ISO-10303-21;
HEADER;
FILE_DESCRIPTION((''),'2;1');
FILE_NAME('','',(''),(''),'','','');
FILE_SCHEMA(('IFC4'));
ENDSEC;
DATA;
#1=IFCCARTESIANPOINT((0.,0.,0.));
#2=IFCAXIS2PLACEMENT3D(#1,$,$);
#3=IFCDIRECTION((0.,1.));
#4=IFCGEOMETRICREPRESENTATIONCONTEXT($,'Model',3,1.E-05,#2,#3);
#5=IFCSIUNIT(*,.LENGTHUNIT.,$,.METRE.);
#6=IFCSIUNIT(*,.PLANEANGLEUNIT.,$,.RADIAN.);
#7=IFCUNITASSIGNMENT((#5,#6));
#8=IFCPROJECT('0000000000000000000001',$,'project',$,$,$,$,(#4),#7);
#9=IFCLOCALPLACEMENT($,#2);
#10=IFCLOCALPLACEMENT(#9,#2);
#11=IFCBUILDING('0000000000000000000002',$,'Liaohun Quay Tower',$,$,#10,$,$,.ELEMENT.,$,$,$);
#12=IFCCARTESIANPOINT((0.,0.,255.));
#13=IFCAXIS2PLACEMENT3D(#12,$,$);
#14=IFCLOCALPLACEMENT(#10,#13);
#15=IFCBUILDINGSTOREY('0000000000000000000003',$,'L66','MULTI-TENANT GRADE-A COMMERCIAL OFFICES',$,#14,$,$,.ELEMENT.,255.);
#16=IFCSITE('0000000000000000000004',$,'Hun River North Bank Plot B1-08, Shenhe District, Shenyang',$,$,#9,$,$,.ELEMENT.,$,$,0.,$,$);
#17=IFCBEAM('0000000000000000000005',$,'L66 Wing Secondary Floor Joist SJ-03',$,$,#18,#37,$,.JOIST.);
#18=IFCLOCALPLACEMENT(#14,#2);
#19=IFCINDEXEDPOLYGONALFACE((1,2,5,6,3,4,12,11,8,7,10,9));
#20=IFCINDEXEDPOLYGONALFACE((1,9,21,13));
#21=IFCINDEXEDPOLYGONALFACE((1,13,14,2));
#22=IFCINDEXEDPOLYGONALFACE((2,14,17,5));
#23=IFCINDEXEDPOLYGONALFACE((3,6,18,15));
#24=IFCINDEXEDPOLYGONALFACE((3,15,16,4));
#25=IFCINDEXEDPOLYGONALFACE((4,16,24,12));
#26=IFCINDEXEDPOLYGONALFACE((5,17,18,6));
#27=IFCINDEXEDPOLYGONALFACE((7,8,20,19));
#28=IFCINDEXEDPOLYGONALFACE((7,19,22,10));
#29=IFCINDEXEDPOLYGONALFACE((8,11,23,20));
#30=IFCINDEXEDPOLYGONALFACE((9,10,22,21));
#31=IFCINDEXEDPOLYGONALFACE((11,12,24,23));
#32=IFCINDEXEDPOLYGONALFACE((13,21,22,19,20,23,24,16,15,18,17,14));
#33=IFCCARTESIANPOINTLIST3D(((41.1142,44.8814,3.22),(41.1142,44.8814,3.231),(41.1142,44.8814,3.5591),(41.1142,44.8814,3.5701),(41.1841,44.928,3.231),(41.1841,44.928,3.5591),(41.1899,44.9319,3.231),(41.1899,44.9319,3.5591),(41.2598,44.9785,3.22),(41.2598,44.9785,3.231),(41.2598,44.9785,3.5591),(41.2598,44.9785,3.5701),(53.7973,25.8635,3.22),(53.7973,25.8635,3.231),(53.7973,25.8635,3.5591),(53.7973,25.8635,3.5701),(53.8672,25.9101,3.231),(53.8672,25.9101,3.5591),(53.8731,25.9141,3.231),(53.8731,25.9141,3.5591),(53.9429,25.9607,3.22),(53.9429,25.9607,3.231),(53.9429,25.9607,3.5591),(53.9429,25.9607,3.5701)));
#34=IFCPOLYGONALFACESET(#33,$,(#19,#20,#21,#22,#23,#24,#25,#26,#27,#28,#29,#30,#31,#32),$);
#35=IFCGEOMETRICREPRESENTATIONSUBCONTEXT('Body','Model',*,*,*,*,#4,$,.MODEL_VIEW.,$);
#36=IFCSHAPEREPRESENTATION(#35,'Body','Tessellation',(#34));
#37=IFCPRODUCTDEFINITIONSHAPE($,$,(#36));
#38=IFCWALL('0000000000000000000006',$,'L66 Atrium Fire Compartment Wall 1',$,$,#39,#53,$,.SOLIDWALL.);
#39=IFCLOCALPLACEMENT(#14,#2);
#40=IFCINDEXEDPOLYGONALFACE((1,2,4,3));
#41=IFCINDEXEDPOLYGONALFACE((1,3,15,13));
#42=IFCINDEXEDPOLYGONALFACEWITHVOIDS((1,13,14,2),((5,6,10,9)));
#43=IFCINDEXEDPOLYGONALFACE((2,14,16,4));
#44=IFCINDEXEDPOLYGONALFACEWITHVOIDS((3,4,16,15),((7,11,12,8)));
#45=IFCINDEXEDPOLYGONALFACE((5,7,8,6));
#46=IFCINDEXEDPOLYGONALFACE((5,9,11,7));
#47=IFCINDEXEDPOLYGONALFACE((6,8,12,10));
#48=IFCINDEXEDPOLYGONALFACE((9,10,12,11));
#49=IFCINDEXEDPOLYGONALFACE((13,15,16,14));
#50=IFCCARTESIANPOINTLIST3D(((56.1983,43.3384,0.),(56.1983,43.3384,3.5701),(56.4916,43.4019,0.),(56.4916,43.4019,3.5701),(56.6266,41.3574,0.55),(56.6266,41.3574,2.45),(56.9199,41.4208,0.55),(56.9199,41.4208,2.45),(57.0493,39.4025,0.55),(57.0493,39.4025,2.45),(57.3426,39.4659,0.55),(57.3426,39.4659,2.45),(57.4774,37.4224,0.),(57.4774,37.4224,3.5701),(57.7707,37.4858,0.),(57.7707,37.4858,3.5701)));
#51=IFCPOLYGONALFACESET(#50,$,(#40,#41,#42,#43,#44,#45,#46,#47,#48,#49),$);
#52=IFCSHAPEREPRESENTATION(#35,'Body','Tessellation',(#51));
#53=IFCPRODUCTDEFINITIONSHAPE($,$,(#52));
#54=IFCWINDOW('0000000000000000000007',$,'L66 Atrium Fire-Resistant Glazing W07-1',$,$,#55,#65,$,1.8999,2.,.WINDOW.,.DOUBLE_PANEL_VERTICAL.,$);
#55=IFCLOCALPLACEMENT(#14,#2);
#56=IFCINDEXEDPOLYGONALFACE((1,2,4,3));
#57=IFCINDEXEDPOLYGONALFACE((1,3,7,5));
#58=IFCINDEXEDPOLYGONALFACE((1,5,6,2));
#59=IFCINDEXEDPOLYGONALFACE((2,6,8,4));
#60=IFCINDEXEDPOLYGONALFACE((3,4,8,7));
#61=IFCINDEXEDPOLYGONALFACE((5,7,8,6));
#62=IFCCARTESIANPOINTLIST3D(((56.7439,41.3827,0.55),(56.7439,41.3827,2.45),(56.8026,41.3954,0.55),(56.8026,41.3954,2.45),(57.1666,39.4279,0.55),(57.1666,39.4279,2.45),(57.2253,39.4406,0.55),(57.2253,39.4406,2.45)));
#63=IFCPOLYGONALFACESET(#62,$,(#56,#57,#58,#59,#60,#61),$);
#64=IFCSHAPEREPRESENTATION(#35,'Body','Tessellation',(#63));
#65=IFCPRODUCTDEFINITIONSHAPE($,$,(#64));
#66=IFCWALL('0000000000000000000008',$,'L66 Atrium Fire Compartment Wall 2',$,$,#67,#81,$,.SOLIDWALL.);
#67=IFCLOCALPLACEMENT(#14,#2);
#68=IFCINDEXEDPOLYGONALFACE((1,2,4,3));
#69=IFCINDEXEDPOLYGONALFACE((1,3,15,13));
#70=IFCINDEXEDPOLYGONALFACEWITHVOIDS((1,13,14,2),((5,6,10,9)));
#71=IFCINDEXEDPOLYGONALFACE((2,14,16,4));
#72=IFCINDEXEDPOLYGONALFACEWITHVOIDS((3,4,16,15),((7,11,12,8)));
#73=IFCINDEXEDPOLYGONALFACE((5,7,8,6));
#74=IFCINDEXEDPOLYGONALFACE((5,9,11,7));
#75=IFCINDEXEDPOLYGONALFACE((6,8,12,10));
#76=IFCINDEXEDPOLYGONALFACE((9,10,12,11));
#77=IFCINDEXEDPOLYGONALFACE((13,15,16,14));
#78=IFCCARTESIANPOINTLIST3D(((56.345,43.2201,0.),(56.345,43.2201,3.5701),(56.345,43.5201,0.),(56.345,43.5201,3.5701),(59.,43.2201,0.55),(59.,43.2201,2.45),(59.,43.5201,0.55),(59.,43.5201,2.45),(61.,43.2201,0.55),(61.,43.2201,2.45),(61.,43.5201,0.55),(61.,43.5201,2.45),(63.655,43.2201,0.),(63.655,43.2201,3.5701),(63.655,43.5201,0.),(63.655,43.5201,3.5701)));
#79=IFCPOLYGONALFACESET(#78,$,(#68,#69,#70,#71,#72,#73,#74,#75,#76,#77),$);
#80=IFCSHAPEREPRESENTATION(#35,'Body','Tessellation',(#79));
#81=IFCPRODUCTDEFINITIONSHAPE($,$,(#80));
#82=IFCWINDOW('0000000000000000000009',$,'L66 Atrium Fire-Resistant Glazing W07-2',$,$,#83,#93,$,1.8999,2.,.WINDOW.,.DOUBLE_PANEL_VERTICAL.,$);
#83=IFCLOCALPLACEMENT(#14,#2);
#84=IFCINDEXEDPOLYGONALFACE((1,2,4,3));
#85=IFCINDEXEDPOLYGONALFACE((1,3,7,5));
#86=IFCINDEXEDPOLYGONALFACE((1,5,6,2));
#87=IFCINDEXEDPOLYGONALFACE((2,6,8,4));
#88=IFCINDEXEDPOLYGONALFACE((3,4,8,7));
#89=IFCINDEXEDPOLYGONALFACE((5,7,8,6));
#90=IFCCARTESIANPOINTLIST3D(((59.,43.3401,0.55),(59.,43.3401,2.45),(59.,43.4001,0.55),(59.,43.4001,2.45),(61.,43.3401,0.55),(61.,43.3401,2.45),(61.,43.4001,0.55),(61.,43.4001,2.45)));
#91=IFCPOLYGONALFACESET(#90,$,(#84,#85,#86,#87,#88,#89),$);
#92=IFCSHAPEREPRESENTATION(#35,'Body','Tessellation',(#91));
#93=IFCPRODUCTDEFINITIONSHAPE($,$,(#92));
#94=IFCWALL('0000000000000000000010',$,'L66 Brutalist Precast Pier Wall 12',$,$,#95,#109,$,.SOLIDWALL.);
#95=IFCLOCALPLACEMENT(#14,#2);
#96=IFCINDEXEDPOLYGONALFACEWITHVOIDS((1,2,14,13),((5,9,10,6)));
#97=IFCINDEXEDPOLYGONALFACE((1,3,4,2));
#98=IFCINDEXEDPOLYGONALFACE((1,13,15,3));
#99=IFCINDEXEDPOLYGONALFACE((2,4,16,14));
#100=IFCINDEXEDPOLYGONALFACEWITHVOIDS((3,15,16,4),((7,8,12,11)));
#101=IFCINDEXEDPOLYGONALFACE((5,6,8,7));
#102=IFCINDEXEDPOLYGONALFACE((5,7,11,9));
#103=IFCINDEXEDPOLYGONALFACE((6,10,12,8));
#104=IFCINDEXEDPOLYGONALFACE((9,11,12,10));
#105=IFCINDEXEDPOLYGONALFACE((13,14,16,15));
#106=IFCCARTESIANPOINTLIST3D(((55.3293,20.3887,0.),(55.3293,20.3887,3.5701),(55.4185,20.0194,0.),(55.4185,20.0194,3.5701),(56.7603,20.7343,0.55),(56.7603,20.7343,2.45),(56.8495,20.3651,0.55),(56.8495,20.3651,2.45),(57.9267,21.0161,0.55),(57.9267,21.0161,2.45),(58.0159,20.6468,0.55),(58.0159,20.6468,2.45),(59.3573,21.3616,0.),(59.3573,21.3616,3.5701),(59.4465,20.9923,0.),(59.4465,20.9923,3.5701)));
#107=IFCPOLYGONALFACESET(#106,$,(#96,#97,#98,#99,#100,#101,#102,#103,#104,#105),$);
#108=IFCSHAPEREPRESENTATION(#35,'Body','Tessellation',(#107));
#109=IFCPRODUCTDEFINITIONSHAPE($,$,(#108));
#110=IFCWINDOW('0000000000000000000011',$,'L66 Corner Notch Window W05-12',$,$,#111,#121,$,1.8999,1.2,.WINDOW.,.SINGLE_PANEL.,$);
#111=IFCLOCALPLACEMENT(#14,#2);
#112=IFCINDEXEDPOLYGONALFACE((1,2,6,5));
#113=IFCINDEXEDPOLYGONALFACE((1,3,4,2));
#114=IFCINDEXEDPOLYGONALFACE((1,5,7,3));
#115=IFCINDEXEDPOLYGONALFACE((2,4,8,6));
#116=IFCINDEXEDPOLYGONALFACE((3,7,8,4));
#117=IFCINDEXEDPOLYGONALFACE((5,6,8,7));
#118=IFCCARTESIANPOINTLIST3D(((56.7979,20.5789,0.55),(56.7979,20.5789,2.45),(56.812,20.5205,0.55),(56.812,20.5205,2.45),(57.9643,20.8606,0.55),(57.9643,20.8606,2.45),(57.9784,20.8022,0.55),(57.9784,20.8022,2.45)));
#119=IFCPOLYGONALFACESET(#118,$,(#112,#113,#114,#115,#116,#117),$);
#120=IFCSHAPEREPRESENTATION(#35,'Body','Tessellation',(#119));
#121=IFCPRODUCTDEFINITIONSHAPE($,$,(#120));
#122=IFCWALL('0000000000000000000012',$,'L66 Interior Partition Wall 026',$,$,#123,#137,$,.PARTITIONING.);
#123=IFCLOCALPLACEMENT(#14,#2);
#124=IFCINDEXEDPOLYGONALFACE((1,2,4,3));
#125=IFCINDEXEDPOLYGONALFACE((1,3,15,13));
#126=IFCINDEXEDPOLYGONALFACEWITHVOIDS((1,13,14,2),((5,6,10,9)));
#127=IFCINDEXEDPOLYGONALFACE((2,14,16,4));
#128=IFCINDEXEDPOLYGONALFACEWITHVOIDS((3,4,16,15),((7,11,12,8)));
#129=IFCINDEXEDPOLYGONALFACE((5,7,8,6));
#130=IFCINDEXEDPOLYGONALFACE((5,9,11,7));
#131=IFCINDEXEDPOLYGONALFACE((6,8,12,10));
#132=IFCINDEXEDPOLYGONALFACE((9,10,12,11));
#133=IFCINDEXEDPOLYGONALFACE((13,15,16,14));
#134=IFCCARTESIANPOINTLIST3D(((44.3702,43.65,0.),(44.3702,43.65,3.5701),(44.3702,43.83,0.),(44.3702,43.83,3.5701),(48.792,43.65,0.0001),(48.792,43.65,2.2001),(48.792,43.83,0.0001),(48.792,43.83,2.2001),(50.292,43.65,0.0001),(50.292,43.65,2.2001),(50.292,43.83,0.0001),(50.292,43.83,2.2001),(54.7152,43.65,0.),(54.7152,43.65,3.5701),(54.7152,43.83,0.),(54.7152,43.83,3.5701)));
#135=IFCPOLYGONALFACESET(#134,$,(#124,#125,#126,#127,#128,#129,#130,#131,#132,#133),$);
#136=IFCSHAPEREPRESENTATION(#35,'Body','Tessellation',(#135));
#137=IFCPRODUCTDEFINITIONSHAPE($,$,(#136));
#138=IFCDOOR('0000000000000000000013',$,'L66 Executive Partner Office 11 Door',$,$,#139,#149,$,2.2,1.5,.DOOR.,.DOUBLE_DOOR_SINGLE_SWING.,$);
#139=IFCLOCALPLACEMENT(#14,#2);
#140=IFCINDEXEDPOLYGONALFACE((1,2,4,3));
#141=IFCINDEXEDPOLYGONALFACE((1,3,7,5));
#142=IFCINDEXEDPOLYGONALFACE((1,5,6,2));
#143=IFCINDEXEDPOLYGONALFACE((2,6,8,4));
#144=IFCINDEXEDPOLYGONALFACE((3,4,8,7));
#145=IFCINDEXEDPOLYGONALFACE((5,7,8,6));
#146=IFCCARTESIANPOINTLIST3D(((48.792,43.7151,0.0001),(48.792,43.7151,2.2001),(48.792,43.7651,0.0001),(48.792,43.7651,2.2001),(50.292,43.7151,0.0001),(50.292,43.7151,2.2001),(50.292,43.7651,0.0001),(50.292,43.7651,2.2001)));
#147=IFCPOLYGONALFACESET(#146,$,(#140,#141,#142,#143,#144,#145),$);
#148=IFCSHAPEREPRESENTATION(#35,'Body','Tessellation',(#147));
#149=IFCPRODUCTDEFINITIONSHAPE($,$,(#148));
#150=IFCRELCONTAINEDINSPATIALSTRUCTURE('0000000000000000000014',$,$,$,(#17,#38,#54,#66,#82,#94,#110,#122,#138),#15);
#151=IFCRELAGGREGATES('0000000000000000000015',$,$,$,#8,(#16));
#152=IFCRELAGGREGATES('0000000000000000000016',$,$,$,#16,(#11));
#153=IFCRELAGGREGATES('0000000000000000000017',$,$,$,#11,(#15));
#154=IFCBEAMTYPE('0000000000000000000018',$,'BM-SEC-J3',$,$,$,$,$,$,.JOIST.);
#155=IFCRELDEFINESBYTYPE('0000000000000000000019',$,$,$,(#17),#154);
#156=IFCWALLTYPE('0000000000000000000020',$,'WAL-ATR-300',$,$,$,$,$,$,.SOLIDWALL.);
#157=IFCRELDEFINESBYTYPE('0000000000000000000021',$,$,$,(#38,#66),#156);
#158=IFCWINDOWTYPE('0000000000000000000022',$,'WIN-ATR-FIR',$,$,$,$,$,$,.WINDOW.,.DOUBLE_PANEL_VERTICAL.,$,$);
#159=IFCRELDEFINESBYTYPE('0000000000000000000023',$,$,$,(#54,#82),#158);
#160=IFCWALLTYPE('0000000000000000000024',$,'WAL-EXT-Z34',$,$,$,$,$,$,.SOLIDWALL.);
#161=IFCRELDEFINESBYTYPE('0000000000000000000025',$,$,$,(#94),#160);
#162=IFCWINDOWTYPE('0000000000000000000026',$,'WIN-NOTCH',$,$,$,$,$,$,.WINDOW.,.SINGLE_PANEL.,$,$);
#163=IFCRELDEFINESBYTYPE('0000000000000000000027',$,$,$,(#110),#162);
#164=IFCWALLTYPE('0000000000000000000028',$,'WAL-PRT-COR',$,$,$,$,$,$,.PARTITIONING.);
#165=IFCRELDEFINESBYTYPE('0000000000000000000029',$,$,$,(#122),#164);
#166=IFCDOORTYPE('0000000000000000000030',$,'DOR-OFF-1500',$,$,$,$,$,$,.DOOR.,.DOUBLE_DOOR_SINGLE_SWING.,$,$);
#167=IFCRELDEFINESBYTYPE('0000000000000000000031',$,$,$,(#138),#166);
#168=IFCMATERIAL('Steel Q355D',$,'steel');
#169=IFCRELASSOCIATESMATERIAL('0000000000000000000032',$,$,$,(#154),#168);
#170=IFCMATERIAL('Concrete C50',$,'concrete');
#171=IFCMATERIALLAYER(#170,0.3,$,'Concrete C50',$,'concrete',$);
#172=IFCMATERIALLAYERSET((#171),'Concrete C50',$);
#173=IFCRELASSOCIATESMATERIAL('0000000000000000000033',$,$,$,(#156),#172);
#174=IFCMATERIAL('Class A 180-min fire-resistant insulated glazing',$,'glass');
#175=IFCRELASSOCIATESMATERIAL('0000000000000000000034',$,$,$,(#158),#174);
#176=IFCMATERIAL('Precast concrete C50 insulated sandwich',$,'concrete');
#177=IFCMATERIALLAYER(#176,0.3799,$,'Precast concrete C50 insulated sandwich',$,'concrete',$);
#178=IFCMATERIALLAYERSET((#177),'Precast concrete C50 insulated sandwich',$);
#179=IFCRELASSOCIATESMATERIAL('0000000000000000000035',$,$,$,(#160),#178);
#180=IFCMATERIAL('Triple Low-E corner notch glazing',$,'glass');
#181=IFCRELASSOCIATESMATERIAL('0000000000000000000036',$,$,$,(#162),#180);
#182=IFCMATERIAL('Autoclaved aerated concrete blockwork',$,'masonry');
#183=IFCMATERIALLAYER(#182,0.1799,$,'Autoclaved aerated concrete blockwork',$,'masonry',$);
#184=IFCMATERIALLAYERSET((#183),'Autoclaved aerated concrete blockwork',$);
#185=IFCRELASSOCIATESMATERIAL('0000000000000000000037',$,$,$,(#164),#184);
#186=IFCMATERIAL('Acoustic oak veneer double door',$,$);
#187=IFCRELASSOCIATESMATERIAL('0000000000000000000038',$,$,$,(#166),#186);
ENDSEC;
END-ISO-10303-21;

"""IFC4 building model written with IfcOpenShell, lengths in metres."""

from ifc_helpers import new_model, si_unit, direction, frame, frame_2d, origin, origin_2d, place, context, subcontext, project, spatial, rectangle, i_section, extrude, source, transform, mapped, material, layer, layer_set, material_profile, profile_set, type_object, element, fill, save


model = new_model("IFC4")

# Units and contexts
model_context = context("Model", 3, precision=1e-05, world=origin(), true_north=direction((0.0, 1.0)))
body_context = subcontext(model_context, "Body", "Model", "MODEL_VIEW")
ifc_project = project(units=[si_unit("LENGTHUNIT", "METRE"), si_unit("PLANEANGLEUNIT", "RADIAN")], contexts=[model_context])

# Site, building, storey
site_placement = place(None, origin())
site = spatial("IfcSite", under=ifc_project, at=site_placement, Name="Hun River North Bank Plot B1-08, Shenhe District, Shenyang", CompositionType="ELEMENT", RefElevation=0.0)
building_placement = place(site_placement, origin())
building = spatial("IfcBuilding", under=site, at=building_placement, Name="Liaohun Quay Tower", CompositionType="ELEMENT")
storey_placement = place(building_placement, frame((0.0, 0.0, 255.0)))
storey = spatial("IfcBuildingStorey", under=building, at=storey_placement, Name="L66", Description="MULTI-TENANT GRADE-A COMMERCIAL OFFICES", CompositionType="ELEMENT", Elevation=255.0)

# Beam
ifc_material_1 = material(Name="Steel Q355D", Category="steel")
ifc_material_profile_1 = material_profile(ifc_material_1, i_section(OverallWidth=0.175, OverallDepth=0.3501, WebThickness=0.0071, FlangeThickness=0.011, at=origin_2d()), Name="HN350x175x7x11")
ifc_profile_set_1 = profile_set([ifc_material_profile_1], Name="Steel Q355D")
beam_type_1 = type_object("IfcBeamType", Name="BM-SEC-J3", PredefinedType="JOIST", material=ifc_profile_set_1)
shared_shape_1 = source(origin(), body_context, "Body", "SweptSolid", [
    extrude(i_section(OverallWidth=0.175, OverallDepth=0.3501, WebThickness=0.0071, FlangeThickness=0.011, at=origin_2d()), origin(), (0.0, 0.0, 1.0), 22.8591),
])
beam_1_placement = place(storey_placement, frame((53.8701, 25.9121, 3.395), z_axis=(-0.554838, 0.831958, 0.0), x_axis=(-0.831958, -0.554838, 0.0)))
element("IfcBeam", 1, at=beam_1_placement, inside=storey, type_object=beam_type_1, Name="L66 Wing Secondary Floor Joist SJ-03", PredefinedType="JOIST", context=body_context, shape_type="MappedRepresentation", body=[
    mapped(shared_shape_1, transform((0.0, 0.0, 0.0), x_axis=(1.0, 0.0, 0.0), y_axis=(0.0, 1.0, 0.0), z_axis=(0.0, 0.0, 1.0), scale=1.0)),
])

# Walls, openings, windows
ifc_material_2 = material(Name="Concrete C50", Category="concrete")
ifc_layer_1 = layer(ifc_material_2, 0.3, Name="Concrete C50", Category="concrete")
ifc_layer_set_1 = layer_set([ifc_layer_1], Name="Concrete C50")
wall_type_1 = type_object("IfcWallType", Name="WAL-ATR-300", PredefinedType="SOLIDWALL", material=ifc_layer_set_1)
wall_1_placement = place(storey_placement, frame((57.624, 37.4541, 0.0), z_axis=(0.0, 0.0, 1.0), x_axis=(-0.211319, 0.977417, 0.0)))
wall_1 = element("IfcWall", 2, at=wall_1_placement, inside=storey, type_object=wall_type_1, Name="L66 Atrium Fire Compartment Wall 1", PredefinedType="SOLIDWALL", context=body_context, shape_type="SweptSolid", body=[
    extrude(rectangle(XDim=6.0527, YDim=0.3, at=frame_2d((3.0264, 0.0))), origin(), (0.0, 0.0, 1.0), 3.5701),
])
shared_shape_2 = source(origin(), body_context, "Body", "SweptSolid", [
    extrude(rectangle(XDim=2.0, YDim=1.8999, at=frame_2d((1.0, 0.95))), frame((0.0, 0.1599, 0.0), z_axis=(0.0, -1.0, 0.0), x_axis=(1.0, 0.0, 0.0)), (0.0, 0.0, 1.0), 0.3201),
])
opening_1_placement = place(wall_1_placement, frame((2.0259, 0.0, 0.55)))
opening_1 = element("IfcOpeningElement", 3, at=opening_1_placement, cuts=wall_1, PredefinedType="OPENING", context=body_context, shape_type="MappedRepresentation", body=[
    mapped(shared_shape_2, transform((0.0, 0.0, 0.0), x_axis=(1.0, 0.0, 0.0), y_axis=(0.0, 1.0, 0.0), z_axis=(0.0, 0.0, 1.0), scale=1.0)),
])
ifc_material_3 = material(Name="Class A 180-min fire-resistant insulated glazing", Category="glass")
window_type_1 = type_object("IfcWindowType", Name="WIN-ATR-FIR", PartitioningType="DOUBLE_PANEL_VERTICAL", PredefinedType="WINDOW", material=ifc_material_3)
shared_shape_3 = source(origin(), body_context, "Body", "SweptSolid", [
    extrude(rectangle(XDim=2.0, YDim=1.8999, at=frame_2d((1.0, 0.95))), frame((0.0, 0.03, 0.0), z_axis=(0.0, -1.0, 0.0), x_axis=(1.0, 0.0, 0.0)), (0.0, 0.0, 1.0), 0.0601),
])
window_1_placement = place(opening_1_placement, origin())
window_1 = element("IfcWindow", 4, at=window_1_placement, inside=storey, type_object=window_type_1, Name="L66 Atrium Fire-Resistant Glazing W07-1", OverallHeight=1.8999, OverallWidth=2.0, PartitioningType="DOUBLE_PANEL_VERTICAL", PredefinedType="WINDOW", context=body_context, shape_type="MappedRepresentation", body=[
    mapped(shared_shape_3, transform((0.0, 0.0, 0.0), x_axis=(1.0, 0.0, 0.0), y_axis=(0.0, 1.0, 0.0), z_axis=(0.0, 0.0, 1.0), scale=1.0)),
])
fill(opening_1, window_1)
wall_2_placement = place(storey_placement, frame((56.345, 43.3701, 0.0), z_axis=(0.0, 0.0, 1.0), x_axis=(1.0, 0.0, 0.0)))
wall_2 = element("IfcWall", 5, at=wall_2_placement, inside=storey, type_object=wall_type_1, Name="L66 Atrium Fire Compartment Wall 2", PredefinedType="SOLIDWALL", context=body_context, shape_type="SweptSolid", body=[
    extrude(rectangle(XDim=7.3101, YDim=0.3, at=frame_2d((3.655, 0.0))), origin(), (0.0, 0.0, 1.0), 3.5701),
])
opening_2_placement = place(wall_2_placement, frame((2.655, 0.0, 0.55)))
opening_2 = element("IfcOpeningElement", 6, at=opening_2_placement, cuts=wall_2, PredefinedType="OPENING", context=body_context, shape_type="MappedRepresentation", body=[
    mapped(shared_shape_2, transform((0.0, 0.0, 0.0), x_axis=(1.0, 0.0, 0.0), y_axis=(0.0, 1.0, 0.0), z_axis=(0.0, 0.0, 1.0), scale=1.0)),
])
window_2_placement = place(opening_2_placement, origin())
window_2 = element("IfcWindow", 7, at=window_2_placement, inside=storey, type_object=window_type_1, Name="L66 Atrium Fire-Resistant Glazing W07-2", OverallHeight=1.8999, OverallWidth=2.0, PartitioningType="DOUBLE_PANEL_VERTICAL", PredefinedType="WINDOW", context=body_context, shape_type="MappedRepresentation", body=[
    mapped(shared_shape_3, transform((0.0, 0.0, 0.0), x_axis=(1.0, 0.0, 0.0), y_axis=(0.0, 1.0, 0.0), z_axis=(0.0, 0.0, 1.0), scale=1.0)),
])
fill(opening_2, window_2)
ifc_material_4 = material(Name="Precast concrete C50 insulated sandwich", Category="concrete")
ifc_layer_2 = layer(ifc_material_4, 0.3799, Name="Precast concrete C50 insulated sandwich", Category="concrete")
ifc_layer_set_2 = layer_set([ifc_layer_2], Name="Precast concrete C50 insulated sandwich")
wall_type_2 = type_object("IfcWallType", Name="WAL-EXT-Z34", PredefinedType="SOLIDWALL", material=ifc_layer_set_2)
wall_3_placement = place(storey_placement, frame((55.374, 20.2041, 0.0), z_axis=(0.0, 0.0, 1.0), x_axis=(0.972049, 0.234779, 0.0)))
wall_3 = element("IfcWall", 8, at=wall_3_placement, inside=storey, type_object=wall_type_2, Name="L66 Brutalist Precast Pier Wall 12", PredefinedType="SOLIDWALL", context=body_context, shape_type="SweptSolid", body=[
    extrude(rectangle(XDim=4.1438, YDim=0.3799, at=frame_2d((2.0718, 0.0))), origin(), (0.0, 0.0, 1.0), 3.5701),
])
shared_shape_4 = source(origin(), body_context, "Body", "SweptSolid", [
    extrude(rectangle(XDim=1.2, YDim=1.8999, at=frame_2d((0.6001, 0.95))), frame((0.0, 0.2, 0.0), z_axis=(0.0, -1.0, 0.0), x_axis=(1.0, 0.0, 0.0)), (0.0, 0.0, 1.0), 0.3999),
])
opening_3_placement = place(wall_3_placement, frame((1.4719, 0.0, 0.55)))
opening_3 = element("IfcOpeningElement", 9, at=opening_3_placement, cuts=wall_3, PredefinedType="OPENING", context=body_context, shape_type="MappedRepresentation", body=[
    mapped(shared_shape_4, transform((0.0, 0.0, 0.0), x_axis=(1.0, 0.0, 0.0), y_axis=(0.0, 1.0, 0.0), z_axis=(0.0, 0.0, 1.0), scale=1.0)),
])
ifc_material_5 = material(Name="Triple Low-E corner notch glazing", Category="glass")
window_type_2 = type_object("IfcWindowType", Name="WIN-NOTCH", PartitioningType="SINGLE_PANEL", PredefinedType="WINDOW", material=ifc_material_5)
shared_shape_5 = source(origin(), body_context, "Body", "SweptSolid", [
    extrude(rectangle(XDim=1.2, YDim=1.8999, at=frame_2d((0.6001, 0.95))), frame((0.0, 0.03, 0.0), z_axis=(0.0, -1.0, 0.0), x_axis=(1.0, 0.0, 0.0)), (0.0, 0.0, 1.0), 0.0601),
])
window_3_placement = place(opening_3_placement, origin())
window_3 = element("IfcWindow", 10, at=window_3_placement, inside=storey, type_object=window_type_2, Name="L66 Corner Notch Window W05-12", OverallHeight=1.8999, OverallWidth=1.2, PartitioningType="SINGLE_PANEL", PredefinedType="WINDOW", context=body_context, shape_type="MappedRepresentation", body=[
    mapped(shared_shape_5, transform((0.0, 0.0, 0.0), x_axis=(1.0, 0.0, 0.0), y_axis=(0.0, 1.0, 0.0), z_axis=(0.0, 0.0, 1.0), scale=1.0)),
])
fill(opening_3, window_3)

# Wall, opening, door
ifc_material_6 = material(Name="Autoclaved aerated concrete blockwork", Category="masonry")
ifc_layer_3 = layer(ifc_material_6, 0.1799, Name="Autoclaved aerated concrete blockwork", Category="masonry")
ifc_layer_set_3 = layer_set([ifc_layer_3], Name="Autoclaved aerated concrete blockwork")
wall_type_3 = type_object("IfcWallType", Name="WAL-PRT-COR", PredefinedType="PARTITIONING", material=ifc_layer_set_3)
wall_4_placement = place(storey_placement, frame((54.7151, 43.74, 0.0), z_axis=(0.0, 0.0, 1.0), x_axis=(-1.0, 0.0, 0.0)))
wall_4 = element("IfcWall", 11, at=wall_4_placement, inside=storey, type_object=wall_type_3, Name="L66 Interior Partition Wall 026", PredefinedType="PARTITIONING", context=body_context, shape_type="SweptSolid", body=[
    extrude(rectangle(XDim=10.345, YDim=0.1799, at=frame_2d((5.1724, 0.0))), origin(), (0.0, 0.0, 1.0), 3.5701),
])
shared_shape_6 = source(origin(), body_context, "Body", "SweptSolid", [
    extrude(rectangle(XDim=1.5, YDim=2.2, at=frame_2d((0.75, 1.1001))), frame((0.0, 0.0999, 0.0), z_axis=(0.0, -1.0, 0.0), x_axis=(1.0, 0.0, 0.0)), (0.0, 0.0, 1.0), 0.2),
])
opening_4_placement = place(wall_4_placement, frame((4.4231, 0.0, 0.0)))
opening_4 = element("IfcOpeningElement", 12, at=opening_4_placement, cuts=wall_4, PredefinedType="OPENING", context=body_context, shape_type="MappedRepresentation", body=[
    mapped(shared_shape_6, transform((0.0, 0.0, 0.0), x_axis=(1.0, 0.0, 0.0), y_axis=(0.0, 1.0, 0.0), z_axis=(0.0, 0.0, 1.0), scale=1.0)),
])
ifc_material_7 = material(Name="Acoustic oak veneer double door")
door_type = type_object("IfcDoorType", Name="DOR-OFF-1500", OperationType="DOUBLE_DOOR_SINGLE_SWING", PredefinedType="DOOR", material=ifc_material_7)
shared_shape_7 = source(origin(), body_context, "Body", "SweptSolid", [
    extrude(rectangle(XDim=1.5, YDim=2.2, at=frame_2d((0.75, 1.1001))), frame((0.0, 0.0249, 0.0), z_axis=(0.0, -1.0, 0.0), x_axis=(1.0, 0.0, 0.0)), (0.0, 0.0, 1.0), 0.05),
])
door_placement = place(opening_4_placement, origin())
door = element("IfcDoor", 13, at=door_placement, inside=storey, type_object=door_type, Name="L66 Executive Partner Office 11 Door", OperationType="DOUBLE_DOOR_SINGLE_SWING", OverallHeight=2.2, OverallWidth=1.5, PredefinedType="DOOR", context=body_context, shape_type="MappedRepresentation", body=[
    mapped(shared_shape_7, transform((0.0, 0.0, 0.0), x_axis=(1.0, 0.0, 0.0), y_axis=(0.0, 1.0, 0.0), z_axis=(0.0, 0.0, 1.0), scale=1.0)),
])
fill(opening_4, door)

save(model, "model.ifc")
